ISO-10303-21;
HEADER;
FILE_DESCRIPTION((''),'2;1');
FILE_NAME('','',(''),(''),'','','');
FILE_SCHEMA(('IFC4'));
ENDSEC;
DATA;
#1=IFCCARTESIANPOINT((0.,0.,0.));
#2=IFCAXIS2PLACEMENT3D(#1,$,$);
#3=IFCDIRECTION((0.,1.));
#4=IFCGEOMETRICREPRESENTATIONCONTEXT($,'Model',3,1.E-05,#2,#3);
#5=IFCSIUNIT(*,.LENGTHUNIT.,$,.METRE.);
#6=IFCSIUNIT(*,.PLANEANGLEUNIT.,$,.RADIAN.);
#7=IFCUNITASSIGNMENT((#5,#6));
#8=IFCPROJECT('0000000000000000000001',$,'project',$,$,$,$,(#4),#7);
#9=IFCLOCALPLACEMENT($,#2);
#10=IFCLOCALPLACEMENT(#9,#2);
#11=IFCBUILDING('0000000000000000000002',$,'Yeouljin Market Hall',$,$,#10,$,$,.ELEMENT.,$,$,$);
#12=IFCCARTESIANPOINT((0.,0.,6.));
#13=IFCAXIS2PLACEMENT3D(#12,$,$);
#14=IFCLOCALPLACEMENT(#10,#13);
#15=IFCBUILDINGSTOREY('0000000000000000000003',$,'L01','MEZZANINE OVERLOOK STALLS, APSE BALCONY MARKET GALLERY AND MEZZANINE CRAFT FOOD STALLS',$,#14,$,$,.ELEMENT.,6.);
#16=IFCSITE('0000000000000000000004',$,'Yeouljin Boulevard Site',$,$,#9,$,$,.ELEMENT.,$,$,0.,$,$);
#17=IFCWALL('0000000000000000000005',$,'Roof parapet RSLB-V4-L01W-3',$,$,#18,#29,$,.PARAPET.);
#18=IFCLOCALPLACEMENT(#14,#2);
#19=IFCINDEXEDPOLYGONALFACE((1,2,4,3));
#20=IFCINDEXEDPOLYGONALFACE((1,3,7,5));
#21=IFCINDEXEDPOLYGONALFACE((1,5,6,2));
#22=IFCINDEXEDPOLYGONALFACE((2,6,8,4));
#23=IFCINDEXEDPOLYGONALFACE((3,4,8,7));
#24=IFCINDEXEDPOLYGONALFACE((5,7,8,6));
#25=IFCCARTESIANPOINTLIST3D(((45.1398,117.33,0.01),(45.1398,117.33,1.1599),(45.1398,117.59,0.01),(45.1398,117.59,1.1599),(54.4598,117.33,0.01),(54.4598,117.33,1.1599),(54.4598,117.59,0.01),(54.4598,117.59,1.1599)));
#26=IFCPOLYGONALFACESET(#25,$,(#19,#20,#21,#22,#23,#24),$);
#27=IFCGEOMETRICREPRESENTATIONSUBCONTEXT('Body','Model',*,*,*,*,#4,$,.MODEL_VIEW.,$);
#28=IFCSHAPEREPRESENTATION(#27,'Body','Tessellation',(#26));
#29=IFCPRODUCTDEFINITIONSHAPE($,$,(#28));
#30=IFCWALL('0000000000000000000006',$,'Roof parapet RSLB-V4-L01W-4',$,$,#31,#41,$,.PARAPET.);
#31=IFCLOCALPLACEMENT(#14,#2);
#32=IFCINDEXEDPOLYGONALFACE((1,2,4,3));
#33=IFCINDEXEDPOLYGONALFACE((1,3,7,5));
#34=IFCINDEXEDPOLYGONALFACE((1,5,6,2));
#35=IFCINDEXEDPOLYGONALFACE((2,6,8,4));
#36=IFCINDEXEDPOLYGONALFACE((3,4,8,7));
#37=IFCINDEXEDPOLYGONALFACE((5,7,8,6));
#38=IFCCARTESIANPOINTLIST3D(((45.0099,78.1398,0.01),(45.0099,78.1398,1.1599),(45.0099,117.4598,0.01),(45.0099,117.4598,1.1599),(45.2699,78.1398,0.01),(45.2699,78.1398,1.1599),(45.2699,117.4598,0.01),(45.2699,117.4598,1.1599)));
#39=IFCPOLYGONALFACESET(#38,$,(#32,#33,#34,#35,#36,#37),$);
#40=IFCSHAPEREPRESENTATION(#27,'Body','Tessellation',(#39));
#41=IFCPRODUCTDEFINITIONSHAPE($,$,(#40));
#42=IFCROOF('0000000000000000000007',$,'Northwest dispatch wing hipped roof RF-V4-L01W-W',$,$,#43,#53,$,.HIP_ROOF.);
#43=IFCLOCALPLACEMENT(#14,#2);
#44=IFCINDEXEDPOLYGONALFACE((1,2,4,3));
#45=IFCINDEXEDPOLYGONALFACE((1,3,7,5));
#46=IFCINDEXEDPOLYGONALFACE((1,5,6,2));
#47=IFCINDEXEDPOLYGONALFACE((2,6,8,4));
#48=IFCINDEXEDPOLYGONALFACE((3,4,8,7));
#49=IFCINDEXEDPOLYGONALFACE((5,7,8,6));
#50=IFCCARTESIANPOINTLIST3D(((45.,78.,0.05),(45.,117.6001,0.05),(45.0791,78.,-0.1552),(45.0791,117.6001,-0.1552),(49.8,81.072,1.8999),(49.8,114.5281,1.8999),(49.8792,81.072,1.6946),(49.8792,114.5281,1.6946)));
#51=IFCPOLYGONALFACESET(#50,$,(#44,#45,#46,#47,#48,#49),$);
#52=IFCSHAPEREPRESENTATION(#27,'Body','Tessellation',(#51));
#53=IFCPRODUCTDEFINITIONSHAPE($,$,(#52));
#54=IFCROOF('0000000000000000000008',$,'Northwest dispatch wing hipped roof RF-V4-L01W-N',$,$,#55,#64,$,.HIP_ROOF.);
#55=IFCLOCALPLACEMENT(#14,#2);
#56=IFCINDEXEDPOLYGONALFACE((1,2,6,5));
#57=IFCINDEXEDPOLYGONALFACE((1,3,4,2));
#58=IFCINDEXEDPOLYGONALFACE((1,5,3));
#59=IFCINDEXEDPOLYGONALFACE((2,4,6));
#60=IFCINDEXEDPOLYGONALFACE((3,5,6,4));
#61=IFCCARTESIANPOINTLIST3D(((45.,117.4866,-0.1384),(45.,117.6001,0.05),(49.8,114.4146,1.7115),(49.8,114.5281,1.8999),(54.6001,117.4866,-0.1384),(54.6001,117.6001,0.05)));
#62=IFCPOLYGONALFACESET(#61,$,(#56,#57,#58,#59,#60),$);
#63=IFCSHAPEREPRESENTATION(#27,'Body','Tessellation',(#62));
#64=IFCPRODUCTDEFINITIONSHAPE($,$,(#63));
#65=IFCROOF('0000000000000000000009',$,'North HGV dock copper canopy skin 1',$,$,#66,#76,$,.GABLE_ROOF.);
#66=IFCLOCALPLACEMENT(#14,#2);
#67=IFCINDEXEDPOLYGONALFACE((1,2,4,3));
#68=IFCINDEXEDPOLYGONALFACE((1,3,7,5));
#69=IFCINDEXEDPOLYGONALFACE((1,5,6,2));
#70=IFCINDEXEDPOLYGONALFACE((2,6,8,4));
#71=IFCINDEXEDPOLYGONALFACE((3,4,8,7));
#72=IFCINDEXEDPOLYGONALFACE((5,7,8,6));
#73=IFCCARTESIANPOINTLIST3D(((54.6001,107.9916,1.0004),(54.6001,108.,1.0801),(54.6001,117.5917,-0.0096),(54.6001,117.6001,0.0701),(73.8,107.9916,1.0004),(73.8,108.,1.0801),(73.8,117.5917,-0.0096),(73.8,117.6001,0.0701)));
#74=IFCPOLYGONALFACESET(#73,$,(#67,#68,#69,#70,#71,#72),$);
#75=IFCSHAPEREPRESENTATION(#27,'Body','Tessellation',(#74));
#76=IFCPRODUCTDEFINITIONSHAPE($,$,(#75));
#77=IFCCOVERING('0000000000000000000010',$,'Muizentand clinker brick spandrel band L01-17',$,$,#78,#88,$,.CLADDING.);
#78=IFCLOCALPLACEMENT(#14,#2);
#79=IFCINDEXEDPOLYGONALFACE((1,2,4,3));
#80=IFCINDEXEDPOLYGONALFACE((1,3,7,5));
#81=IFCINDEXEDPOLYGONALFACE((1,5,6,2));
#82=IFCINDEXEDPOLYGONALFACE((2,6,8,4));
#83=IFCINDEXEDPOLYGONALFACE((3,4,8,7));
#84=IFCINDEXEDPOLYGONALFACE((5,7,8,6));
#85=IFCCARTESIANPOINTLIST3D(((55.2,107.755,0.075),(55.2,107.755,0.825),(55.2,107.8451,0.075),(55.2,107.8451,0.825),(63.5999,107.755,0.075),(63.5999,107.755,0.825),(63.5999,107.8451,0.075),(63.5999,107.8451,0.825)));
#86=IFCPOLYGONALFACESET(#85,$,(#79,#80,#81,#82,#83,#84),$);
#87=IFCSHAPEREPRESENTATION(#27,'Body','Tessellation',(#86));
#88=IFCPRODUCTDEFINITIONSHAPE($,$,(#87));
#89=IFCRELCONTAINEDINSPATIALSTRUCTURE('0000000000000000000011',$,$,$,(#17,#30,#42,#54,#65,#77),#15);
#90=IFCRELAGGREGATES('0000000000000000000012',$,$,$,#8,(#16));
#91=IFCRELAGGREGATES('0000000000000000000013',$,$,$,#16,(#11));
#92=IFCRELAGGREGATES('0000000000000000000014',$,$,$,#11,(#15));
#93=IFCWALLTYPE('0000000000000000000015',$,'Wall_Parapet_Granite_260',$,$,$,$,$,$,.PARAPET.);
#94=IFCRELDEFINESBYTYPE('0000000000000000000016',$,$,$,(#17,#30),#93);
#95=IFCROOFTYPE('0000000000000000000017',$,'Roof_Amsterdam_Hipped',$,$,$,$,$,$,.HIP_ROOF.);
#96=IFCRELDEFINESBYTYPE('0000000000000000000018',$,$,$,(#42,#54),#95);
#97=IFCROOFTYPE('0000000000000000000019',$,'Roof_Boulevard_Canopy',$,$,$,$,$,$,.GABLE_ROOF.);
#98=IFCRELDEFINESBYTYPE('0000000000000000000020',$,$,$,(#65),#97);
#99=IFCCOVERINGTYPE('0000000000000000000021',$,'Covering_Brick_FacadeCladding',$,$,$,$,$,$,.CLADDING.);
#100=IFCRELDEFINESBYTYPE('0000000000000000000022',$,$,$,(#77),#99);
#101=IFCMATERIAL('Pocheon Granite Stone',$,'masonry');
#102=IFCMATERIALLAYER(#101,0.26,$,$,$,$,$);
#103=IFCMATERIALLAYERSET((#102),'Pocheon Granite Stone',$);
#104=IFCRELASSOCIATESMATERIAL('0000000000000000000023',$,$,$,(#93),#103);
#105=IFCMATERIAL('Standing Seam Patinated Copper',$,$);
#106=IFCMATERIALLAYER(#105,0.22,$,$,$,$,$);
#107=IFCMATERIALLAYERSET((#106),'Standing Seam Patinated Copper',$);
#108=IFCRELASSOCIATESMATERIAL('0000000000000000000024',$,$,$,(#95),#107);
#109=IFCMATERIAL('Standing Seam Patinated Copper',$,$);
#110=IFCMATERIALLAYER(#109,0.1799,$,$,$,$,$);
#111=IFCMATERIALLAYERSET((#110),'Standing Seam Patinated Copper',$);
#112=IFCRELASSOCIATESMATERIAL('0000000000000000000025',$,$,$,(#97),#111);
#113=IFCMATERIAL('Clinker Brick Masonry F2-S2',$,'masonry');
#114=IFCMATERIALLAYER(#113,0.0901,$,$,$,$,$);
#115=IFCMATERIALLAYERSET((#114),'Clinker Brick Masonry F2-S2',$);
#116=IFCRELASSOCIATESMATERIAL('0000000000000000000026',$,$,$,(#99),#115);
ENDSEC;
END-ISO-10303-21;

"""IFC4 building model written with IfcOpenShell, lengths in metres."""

from ifc_helpers import new_model, si_unit, direction, frame, frame_2d, origin, origin_2d, place, context, subcontext, project, spatial, polyline, rectangle, outline, extrude, material, layer, layer_set, type_object, element, save


model = new_model("IFC4")

# Units and contexts
model_context = context("Model", 3, precision=1e-05, world=origin(), true_north=direction((0.0, 1.0)))
body_context = subcontext(model_context, "Body", "Model", "MODEL_VIEW")
ifc_project = project(units=[si_unit("LENGTHUNIT", "METRE"), si_unit("PLANEANGLEUNIT", "RADIAN")], contexts=[model_context])

# Site, building, storey
site_placement = place(None, origin())
site = spatial("IfcSite", under=ifc_project, at=site_placement, Name="Yeouljin Boulevard Site", CompositionType="ELEMENT", RefElevation=0.0)
building_placement = place(site_placement, origin())
building = spatial("IfcBuilding", under=site, at=building_placement, Name="Yeouljin Market Hall", CompositionType="ELEMENT")
storey_placement = place(building_placement, frame((0.0, 0.0, 6.0)))
storey = spatial("IfcBuildingStorey", under=building, at=storey_placement, Name="L01", Description="MEZZANINE OVERLOOK STALLS, APSE BALCONY MARKET GALLERY AND MEZZANINE CRAFT FOOD STALLS", CompositionType="ELEMENT", Elevation=6.0)

# Walls
ifc_material_1 = material(Name="Pocheon Granite Stone", Category="masonry")
ifc_layer_1 = layer(ifc_material_1, 0.26)
ifc_layer_set_1 = layer_set([ifc_layer_1], Name="Pocheon Granite Stone")
wall_type_1 = type_object("IfcWallType", Name="Wall_Parapet_Granite_260", PredefinedType="PARAPET", material=ifc_layer_set_1)
wall_1_placement = place(storey_placement, frame((54.46, 117.46, 0.01), z_axis=(0.0, 0.0, 1.0), x_axis=(-1.0, 0.0, 0.0)))
element("IfcWall", 1, at=wall_1_placement, inside=storey, type_object=wall_type_1, Name="Roof parapet RSLB-V4-L01W-3", PredefinedType="PARAPET", context=body_context, shape_type="SweptSolid", body=[
    extrude(rectangle(XDim=9.3201, YDim=0.26, at=frame_2d((4.6602, 0.0))), origin(), (0.0, 0.0, 1.0), 1.1499),
])
wall_2_placement = place(storey_placement, frame((45.1399, 117.46, 0.01), z_axis=(0.0, 0.0, 1.0), x_axis=(0.0, -1.0, 0.0)))
element("IfcWall", 2, at=wall_2_placement, inside=storey, type_object=wall_type_1, Name="Roof parapet RSLB-V4-L01W-4", PredefinedType="PARAPET", context=body_context, shape_type="SweptSolid", body=[
    extrude(rectangle(XDim=39.3201, YDim=0.26, at=frame_2d((19.6602, 0.0))), origin(), (0.0, 0.0, 1.0), 1.1499),
])

# Roofs
ifc_material_2 = material(Name="Standing Seam Patinated Copper")
ifc_layer_2 = layer(ifc_material_2, 0.22)
ifc_layer_set_2 = layer_set([ifc_layer_2], Name="Standing Seam Patinated Copper")
roof_type_1 = type_object("IfcRoofType", Name="Roof_Amsterdam_Hipped", PredefinedType="HIP_ROOF", material=ifc_layer_set_2)
roof_1_placement = place(storey_placement, frame((45.0, 117.6001, 0.05), z_axis=(-0.359602, 0.0, 0.933106), x_axis=(0.0, -1.0, 0.0)))
element("IfcRoof", 3, at=roof_1_placement, inside=storey, type_object=roof_type_1, Name="Northwest dispatch wing hipped roof RF-V4-L01W-W", PredefinedType="HIP_ROOF", context=body_context, shape_type="SweptSolid", body=[
    extrude(outline(polyline([(0.0, 0.0), (39.6001, 0.0), (36.5281, 5.1442), (3.072, 5.1442), (0.0, 0.0)])), origin(), (0.0, 0.0, -1.0), 0.22),
])
roof_2_placement = place(storey_placement, frame((54.6001, 117.6001, 0.05), z_axis=(0.0, 0.515857, 0.856675), x_axis=(-1.0, 0.0, 0.0)))
element("IfcRoof", 4, at=roof_2_placement, inside=storey, type_object=roof_type_1, Name="Northwest dispatch wing hipped roof RF-V4-L01W-N", PredefinedType="HIP_ROOF", context=body_context, shape_type="SweptSolid", body=[
    extrude(outline(polyline([(0.0, 0.0), (9.6001, 0.0), (4.8, 3.586), (0.0, 0.0)])), origin(), (0.0, 0.0, -1.0), 0.22),
])
ifc_material_3 = material(Name="Standing Seam Patinated Copper")
ifc_layer_3 = layer(ifc_material_3, 0.1799)
ifc_layer_set_3 = layer_set([ifc_layer_3], Name="Standing Seam Patinated Copper")
roof_type_2 = type_object("IfcRoofType", Name="Roof_Boulevard_Canopy", PredefinedType="GABLE_ROOF", material=ifc_layer_set_3)
roof_3_placement = place(storey_placement, frame((54.6001, 108.0, 1.0801), z_axis=(0.0, 0.104631, 0.994511), x_axis=(0.0, 0.994511, -0.104631)))
element("IfcRoof", 5, at=roof_3_placement, inside=storey, type_object=roof_type_2, Name="North HGV dock copper canopy skin 1", PredefinedType="GABLE_ROOF", context=body_context, shape_type="SweptSolid", body=[
    extrude(outline(polyline([(0.0, 0.0), (9.6531, 0.0), (9.6531, -19.2), (0.0, -19.2), (0.0, 0.0)])), origin(), (0.0, 0.0, -1.0), 0.0801),
])

# Covering
ifc_material_4 = material(Name="Clinker Brick Masonry F2-S2", Category="masonry")
ifc_layer_4 = layer(ifc_material_4, 0.0901)
ifc_layer_set_4 = layer_set([ifc_layer_4], Name="Clinker Brick Masonry F2-S2")
covering_type = type_object("IfcCoveringType", Name="Covering_Brick_FacadeCladding", PredefinedType="CLADDING", material=ifc_layer_set_4)
covering_placement = place(storey_placement, frame((59.3999, 107.8, 0.075), z_axis=(0.0, 0.0, 1.0), x_axis=(1.0, 0.0, 0.0)))
element("IfcCovering", 6, at=covering_placement, inside=storey, type_object=covering_type, Name="Muizentand clinker brick spandrel band L01-17", PredefinedType="CLADDING", context=body_context, shape_type="SweptSolid", body=[
    extrude(rectangle(XDim=8.3999, YDim=0.0901, at=origin_2d()), origin(), (0.0, 0.0, 1.0), 0.75),
])

save(model, "model.ifc")
